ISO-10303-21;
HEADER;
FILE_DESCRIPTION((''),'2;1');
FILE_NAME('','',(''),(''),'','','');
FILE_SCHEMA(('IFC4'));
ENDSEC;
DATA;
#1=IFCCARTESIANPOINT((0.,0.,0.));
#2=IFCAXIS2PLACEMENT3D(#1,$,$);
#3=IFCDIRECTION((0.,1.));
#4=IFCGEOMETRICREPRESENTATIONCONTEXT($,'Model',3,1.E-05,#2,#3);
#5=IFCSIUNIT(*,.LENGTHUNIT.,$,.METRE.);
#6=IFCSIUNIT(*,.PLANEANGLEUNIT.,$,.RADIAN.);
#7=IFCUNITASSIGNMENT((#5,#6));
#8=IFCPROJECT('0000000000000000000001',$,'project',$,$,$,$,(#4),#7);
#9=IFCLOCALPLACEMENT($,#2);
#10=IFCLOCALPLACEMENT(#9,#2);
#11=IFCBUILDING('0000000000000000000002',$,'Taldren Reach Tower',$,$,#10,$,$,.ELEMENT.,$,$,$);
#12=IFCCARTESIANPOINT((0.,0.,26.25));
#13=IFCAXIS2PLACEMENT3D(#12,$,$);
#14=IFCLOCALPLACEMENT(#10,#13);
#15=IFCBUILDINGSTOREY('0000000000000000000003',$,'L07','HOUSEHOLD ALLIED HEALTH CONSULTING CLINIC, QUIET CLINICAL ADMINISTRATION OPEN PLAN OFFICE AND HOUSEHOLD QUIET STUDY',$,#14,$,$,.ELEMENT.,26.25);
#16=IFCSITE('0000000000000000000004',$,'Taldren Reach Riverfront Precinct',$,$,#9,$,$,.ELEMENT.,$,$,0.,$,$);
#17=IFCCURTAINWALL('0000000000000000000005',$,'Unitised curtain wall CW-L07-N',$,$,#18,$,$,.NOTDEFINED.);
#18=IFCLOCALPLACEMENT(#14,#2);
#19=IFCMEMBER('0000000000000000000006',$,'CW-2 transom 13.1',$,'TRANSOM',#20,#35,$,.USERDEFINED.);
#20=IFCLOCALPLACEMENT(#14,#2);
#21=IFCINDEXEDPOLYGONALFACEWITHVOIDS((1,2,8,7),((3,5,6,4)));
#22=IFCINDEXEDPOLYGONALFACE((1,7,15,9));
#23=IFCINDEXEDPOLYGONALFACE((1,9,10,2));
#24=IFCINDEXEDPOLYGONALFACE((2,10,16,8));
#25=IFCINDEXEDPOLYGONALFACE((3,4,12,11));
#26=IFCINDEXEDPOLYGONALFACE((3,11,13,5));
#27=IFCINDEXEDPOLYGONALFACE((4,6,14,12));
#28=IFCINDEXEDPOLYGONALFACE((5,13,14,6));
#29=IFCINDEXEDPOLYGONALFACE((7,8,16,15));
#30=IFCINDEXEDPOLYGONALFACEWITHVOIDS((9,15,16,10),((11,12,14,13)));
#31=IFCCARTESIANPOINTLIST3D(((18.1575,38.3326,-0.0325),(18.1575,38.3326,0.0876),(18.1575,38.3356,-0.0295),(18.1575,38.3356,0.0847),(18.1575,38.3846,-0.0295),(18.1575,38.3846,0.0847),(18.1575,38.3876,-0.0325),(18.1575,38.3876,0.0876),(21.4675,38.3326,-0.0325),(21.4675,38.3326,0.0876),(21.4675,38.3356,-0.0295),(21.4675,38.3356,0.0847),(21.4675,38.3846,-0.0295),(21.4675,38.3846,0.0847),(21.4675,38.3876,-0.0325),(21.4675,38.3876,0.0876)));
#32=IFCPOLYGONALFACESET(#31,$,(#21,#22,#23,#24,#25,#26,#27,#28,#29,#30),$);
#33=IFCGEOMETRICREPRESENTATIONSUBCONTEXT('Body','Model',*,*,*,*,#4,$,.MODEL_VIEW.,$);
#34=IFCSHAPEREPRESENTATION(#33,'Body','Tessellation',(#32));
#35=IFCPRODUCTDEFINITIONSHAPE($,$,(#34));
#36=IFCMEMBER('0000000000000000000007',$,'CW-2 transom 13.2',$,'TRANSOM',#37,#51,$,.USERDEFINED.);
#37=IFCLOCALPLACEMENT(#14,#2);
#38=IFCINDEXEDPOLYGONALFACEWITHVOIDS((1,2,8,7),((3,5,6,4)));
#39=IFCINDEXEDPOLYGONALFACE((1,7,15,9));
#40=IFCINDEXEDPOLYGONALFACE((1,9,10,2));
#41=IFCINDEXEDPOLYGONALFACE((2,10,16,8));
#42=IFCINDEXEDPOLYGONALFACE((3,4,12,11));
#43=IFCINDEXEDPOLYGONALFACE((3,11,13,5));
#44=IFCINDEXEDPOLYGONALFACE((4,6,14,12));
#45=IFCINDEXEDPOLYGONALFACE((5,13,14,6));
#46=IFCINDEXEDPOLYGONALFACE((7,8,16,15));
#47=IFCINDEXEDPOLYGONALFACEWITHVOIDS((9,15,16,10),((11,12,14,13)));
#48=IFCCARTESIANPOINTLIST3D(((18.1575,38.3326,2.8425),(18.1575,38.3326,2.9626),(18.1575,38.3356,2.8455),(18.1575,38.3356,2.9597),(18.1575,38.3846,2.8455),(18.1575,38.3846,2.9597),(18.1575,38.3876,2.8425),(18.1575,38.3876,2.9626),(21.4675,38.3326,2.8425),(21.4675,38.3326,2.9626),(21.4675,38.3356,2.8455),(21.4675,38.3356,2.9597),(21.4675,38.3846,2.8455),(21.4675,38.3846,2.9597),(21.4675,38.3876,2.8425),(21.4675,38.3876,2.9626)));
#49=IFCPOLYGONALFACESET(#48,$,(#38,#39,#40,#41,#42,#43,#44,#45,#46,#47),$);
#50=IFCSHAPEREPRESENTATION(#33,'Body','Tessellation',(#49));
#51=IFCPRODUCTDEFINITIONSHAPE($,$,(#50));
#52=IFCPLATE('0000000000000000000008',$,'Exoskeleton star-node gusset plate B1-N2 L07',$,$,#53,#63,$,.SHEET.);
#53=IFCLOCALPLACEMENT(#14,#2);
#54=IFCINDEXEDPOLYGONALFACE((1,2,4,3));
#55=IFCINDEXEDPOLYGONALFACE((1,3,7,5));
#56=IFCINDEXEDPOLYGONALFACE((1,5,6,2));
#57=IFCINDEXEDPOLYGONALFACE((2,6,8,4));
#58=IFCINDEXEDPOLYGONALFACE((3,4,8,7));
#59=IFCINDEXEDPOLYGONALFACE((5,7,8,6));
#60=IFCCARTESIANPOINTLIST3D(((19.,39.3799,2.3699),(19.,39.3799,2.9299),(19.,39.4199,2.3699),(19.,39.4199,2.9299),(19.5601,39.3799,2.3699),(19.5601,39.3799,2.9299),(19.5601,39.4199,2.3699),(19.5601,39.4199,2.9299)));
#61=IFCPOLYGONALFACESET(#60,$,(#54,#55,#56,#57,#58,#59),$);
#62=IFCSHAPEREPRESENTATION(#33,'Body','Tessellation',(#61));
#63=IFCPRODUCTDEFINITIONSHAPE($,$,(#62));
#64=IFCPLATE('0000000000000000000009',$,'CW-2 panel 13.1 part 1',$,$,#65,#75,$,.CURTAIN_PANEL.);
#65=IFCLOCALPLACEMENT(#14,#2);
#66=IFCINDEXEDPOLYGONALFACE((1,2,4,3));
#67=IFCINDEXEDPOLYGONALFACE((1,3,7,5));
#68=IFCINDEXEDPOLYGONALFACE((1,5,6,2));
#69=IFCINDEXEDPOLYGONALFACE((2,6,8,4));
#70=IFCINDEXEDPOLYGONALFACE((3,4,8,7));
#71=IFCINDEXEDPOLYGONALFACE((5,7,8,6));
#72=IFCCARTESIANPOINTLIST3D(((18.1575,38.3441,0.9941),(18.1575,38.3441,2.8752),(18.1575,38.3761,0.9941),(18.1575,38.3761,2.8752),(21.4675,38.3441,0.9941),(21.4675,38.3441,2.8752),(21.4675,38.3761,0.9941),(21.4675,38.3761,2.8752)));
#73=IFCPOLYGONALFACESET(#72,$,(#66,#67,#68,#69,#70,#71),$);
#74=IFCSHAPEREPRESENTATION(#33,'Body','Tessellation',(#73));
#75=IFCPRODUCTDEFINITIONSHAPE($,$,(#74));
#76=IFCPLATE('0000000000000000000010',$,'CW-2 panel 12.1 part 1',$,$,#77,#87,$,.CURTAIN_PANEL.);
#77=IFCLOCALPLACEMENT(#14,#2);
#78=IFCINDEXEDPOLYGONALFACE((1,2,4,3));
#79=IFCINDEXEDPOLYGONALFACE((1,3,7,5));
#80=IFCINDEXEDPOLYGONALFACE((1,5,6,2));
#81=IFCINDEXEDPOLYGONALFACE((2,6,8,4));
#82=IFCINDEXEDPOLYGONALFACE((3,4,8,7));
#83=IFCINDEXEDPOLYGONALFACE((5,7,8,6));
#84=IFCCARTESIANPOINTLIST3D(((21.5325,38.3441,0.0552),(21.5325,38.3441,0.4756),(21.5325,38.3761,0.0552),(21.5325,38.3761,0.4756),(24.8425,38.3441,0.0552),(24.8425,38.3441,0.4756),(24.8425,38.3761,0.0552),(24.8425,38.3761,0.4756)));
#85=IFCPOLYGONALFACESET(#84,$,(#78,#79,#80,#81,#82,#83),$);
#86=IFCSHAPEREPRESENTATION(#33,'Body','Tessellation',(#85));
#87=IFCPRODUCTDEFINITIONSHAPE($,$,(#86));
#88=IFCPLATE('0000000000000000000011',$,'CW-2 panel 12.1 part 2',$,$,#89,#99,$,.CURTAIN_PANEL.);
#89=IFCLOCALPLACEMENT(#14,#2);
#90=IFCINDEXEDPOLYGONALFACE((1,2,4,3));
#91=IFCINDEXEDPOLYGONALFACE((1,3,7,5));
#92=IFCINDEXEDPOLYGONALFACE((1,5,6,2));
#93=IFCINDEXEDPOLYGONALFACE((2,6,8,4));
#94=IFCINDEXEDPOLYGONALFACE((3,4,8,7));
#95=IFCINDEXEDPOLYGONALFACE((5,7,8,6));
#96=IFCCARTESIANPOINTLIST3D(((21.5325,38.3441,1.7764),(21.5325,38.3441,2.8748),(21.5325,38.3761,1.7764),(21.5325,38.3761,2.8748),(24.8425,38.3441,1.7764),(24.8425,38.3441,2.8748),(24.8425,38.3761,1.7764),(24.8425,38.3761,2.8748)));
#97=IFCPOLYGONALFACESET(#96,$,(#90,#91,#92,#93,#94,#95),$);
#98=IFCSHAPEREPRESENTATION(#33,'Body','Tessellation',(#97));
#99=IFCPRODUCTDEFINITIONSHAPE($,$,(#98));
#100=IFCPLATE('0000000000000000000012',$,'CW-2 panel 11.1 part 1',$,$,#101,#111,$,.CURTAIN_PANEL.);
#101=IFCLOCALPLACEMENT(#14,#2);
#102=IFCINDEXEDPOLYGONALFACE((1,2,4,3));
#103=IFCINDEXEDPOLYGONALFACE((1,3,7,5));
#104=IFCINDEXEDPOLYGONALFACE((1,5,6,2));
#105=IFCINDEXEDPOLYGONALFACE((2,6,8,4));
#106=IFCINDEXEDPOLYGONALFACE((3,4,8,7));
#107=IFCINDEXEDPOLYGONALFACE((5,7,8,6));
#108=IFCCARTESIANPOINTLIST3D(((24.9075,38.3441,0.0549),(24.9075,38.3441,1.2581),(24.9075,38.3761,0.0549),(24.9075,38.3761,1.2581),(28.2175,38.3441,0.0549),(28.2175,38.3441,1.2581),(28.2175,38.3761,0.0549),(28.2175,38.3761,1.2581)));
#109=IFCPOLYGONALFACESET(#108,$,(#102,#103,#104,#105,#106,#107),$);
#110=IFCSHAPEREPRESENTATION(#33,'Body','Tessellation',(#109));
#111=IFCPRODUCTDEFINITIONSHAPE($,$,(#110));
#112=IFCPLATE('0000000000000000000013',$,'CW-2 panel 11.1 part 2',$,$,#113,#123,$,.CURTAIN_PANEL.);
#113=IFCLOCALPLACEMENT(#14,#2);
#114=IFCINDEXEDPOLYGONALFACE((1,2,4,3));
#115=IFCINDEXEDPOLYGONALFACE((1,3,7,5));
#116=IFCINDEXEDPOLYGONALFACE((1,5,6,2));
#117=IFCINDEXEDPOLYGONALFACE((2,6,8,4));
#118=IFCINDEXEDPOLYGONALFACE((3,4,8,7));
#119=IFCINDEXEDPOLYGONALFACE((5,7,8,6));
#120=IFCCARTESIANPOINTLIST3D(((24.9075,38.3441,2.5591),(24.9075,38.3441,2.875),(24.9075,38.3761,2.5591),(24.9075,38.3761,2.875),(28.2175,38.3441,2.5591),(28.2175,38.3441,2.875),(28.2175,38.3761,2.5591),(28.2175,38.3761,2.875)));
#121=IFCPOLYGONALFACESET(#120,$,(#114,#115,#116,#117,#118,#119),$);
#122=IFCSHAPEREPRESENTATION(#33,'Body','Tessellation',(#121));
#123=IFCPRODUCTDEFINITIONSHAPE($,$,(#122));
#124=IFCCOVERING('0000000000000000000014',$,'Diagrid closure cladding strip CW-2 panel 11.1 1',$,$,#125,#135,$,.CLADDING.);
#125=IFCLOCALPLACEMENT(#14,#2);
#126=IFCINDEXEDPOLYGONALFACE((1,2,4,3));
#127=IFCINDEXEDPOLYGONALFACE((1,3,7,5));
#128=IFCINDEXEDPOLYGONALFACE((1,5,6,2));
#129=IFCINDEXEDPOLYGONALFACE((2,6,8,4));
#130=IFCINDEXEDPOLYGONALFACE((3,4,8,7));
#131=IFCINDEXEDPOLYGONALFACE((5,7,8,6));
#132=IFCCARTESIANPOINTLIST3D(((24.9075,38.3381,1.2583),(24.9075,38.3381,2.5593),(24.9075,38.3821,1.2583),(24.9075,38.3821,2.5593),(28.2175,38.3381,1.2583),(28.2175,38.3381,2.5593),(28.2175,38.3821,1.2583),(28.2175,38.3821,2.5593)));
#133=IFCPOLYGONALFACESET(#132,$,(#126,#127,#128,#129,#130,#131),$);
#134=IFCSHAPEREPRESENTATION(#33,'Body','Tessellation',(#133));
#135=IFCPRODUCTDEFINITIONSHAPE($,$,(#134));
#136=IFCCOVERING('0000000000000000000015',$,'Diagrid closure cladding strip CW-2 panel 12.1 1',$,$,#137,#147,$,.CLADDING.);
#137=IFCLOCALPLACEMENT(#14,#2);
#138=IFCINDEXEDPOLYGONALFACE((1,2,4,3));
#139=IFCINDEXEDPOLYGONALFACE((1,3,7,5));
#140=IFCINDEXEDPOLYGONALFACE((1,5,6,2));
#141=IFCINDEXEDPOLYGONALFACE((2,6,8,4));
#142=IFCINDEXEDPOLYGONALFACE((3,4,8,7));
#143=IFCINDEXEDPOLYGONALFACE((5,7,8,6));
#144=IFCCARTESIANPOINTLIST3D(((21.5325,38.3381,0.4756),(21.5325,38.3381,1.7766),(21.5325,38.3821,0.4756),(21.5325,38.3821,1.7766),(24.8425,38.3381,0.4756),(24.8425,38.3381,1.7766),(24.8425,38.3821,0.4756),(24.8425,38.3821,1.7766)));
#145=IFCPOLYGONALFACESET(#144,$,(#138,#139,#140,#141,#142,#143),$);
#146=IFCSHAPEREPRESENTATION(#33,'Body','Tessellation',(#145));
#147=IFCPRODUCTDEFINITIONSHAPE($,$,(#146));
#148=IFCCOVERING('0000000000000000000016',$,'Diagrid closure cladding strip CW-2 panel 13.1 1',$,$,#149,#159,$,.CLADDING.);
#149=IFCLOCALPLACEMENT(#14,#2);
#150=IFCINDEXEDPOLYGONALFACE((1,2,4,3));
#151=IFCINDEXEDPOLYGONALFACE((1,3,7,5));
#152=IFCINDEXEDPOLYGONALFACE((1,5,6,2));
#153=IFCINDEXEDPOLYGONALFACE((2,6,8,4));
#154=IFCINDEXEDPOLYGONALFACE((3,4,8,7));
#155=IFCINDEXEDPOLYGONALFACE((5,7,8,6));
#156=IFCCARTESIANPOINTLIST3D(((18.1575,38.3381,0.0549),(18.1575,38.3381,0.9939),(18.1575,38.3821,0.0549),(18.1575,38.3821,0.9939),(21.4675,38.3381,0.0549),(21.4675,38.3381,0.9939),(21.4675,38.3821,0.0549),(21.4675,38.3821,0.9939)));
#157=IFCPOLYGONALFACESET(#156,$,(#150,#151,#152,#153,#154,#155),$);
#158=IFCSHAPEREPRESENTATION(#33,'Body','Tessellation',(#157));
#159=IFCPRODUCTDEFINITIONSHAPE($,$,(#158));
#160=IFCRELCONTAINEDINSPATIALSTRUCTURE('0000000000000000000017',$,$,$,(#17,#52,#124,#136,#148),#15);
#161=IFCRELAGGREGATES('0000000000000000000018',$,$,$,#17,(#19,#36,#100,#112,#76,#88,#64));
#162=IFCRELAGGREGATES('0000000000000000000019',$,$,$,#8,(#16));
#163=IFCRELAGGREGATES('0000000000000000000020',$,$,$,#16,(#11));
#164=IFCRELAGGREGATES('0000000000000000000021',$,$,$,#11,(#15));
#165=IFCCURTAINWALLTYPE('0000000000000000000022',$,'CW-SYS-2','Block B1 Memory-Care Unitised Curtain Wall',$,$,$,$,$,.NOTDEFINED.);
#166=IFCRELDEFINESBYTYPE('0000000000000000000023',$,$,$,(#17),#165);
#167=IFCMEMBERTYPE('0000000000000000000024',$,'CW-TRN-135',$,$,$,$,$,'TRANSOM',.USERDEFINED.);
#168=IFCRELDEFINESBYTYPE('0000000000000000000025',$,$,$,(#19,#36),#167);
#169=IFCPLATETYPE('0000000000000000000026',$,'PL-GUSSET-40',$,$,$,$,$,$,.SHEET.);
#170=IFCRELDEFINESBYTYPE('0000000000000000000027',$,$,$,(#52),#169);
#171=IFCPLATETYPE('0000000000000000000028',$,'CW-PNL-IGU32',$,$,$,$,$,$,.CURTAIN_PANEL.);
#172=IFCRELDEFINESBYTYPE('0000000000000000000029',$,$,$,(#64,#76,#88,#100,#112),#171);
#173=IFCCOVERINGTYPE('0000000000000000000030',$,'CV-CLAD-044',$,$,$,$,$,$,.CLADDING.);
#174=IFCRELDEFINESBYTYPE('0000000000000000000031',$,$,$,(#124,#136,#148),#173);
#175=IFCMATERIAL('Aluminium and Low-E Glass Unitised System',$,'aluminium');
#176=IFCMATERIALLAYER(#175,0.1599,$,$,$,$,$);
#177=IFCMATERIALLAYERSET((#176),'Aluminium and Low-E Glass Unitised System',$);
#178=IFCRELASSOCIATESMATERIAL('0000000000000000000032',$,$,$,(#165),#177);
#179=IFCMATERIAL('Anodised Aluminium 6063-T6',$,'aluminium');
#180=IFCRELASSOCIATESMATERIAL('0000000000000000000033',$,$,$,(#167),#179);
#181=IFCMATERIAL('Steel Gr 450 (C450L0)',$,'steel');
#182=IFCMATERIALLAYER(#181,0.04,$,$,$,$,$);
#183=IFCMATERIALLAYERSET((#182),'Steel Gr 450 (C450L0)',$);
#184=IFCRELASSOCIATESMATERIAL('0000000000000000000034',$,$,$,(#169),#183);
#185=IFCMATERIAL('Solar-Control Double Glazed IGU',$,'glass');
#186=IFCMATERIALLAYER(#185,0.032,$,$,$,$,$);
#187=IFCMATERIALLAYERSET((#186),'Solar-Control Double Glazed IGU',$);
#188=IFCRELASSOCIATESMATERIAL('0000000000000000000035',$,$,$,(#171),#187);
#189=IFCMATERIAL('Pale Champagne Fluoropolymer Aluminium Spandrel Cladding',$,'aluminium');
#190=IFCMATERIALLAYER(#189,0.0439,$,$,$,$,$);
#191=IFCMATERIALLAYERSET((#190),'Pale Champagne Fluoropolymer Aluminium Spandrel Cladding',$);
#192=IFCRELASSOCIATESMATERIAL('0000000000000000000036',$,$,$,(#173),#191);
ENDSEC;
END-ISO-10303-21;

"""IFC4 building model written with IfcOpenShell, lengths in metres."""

from ifc_helpers import new_model, si_unit, direction, frame, origin, origin_2d, place, context, subcontext, project, spatial, rectangle, hollow_rectangle, extrude, source, transform, mapped, material, layer, layer_set, material_profile, profile_set, type_object, element, aggregate, save


model = new_model("IFC4")

# Units and contexts
model_context = context("Model", 3, precision=1e-05, world=origin(), true_north=direction((0.0, 1.0)))
body_context = subcontext(model_context, "Body", "Model", "MODEL_VIEW")
ifc_project = project(units=[si_unit("LENGTHUNIT", "METRE"), si_unit("PLANEANGLEUNIT", "RADIAN")], contexts=[model_context])

# Site, building, storey
site_placement = place(None, origin())
site = spatial("IfcSite", under=ifc_project, at=site_placement, Name="Taldren Reach Riverfront Precinct", CompositionType="ELEMENT", RefElevation=0.0)
building_placement = place(site_placement, origin())
building = spatial("IfcBuilding", under=site, at=building_placement, Name="Taldren Reach Tower", CompositionType="ELEMENT")
storey_placement = place(building_placement, frame((0.0, 0.0, 26.25)))
storey = spatial("IfcBuildingStorey", under=building, at=storey_placement, Name="L07", Description="HOUSEHOLD ALLIED HEALTH CONSULTING CLINIC, QUIET CLINICAL ADMINISTRATION OPEN PLAN OFFICE AND HOUSEHOLD QUIET STUDY", CompositionType="ELEMENT", Elevation=26.25)

# Shared definitions
ifc_material_1 = material(Name="Steel Gr 450 (C450L0)", Category="steel")

# Curtain wall, members
ifc_material_2 = material(Name="Aluminium and Low-E Glass Unitised System", Category="aluminium")
ifc_layer_1 = layer(ifc_material_2, 0.1599)
ifc_layer_set_1 = layer_set([ifc_layer_1], Name="Aluminium and Low-E Glass Unitised System")
curtain_wall_type = type_object("IfcCurtainWallType", Name="CW-SYS-2", Description="Block B1 Memory-Care Unitised Curtain Wall", PredefinedType="NOTDEFINED", material=ifc_layer_set_1)
curtain_wall_placement = place(storey_placement, origin())
curtain_wall = element("IfcCurtainWall", 1, at=curtain_wall_placement, inside=storey, type_object=curtain_wall_type, Name="Unitised curtain wall CW-L07-N", PredefinedType="NOTDEFINED")
ifc_material_3 = material(Name="Anodised Aluminium 6063-T6", Category="aluminium")
ifc_material_profile_1 = material_profile(ifc_material_3, hollow_rectangle(XDim=0.0549, YDim=0.1201, WallThickness=0.0029, at=origin_2d()), Name="ALU-120x55x3RHS")
ifc_profile_set_1 = profile_set([ifc_material_profile_1], Name="Anodised Aluminium 6063-T6")
member_type_1 = type_object("IfcMemberType", Name="CW-TRN-135", ElementType="TRANSOM", PredefinedType="USERDEFINED", material=ifc_profile_set_1)
shared_shape_1 = source(origin(), body_context, "Body", "SweptSolid", [
    extrude(hollow_rectangle(XDim=0.0549, YDim=0.1201, WallThickness=0.0029, at=origin_2d()), origin(), (0.0, 0.0, 1.0), 3.3101),
])
member_1_placement = place(storey_placement, frame((21.4675, 38.3601, 0.0276), z_axis=(-1.0, 0.0, 0.0), x_axis=(0.0, -1.0, 0.0)))
member_1 = element("IfcMember", 2, at=member_1_placement, type_object=member_type_1, Name="CW-2 transom 13.1", ObjectType="TRANSOM", PredefinedType="USERDEFINED", context=body_context, shape_type="MappedRepresentation", body=[
    mapped(shared_shape_1, transform((0.0, 0.0, 0.0), scale=1.0)),
])
member_2_placement = place(storey_placement, frame((21.4675, 38.3601, 2.9026), z_axis=(-1.0, 0.0, 0.0), x_axis=(0.0, -1.0, 0.0)))
member_2 = element("IfcMember", 3, at=member_2_placement, type_object=member_type_1, Name="CW-2 transom 13.2", ObjectType="TRANSOM", PredefinedType="USERDEFINED", context=body_context, shape_type="MappedRepresentation", body=[
    mapped(shared_shape_1, transform((0.0, 0.0, 0.0), scale=1.0)),
])

# Plates
ifc_layer_2 = layer(ifc_material_1, 0.04)
ifc_layer_set_2 = layer_set([ifc_layer_2], Name="Steel Gr 450 (C450L0)")
plate_type_1 = type_object("IfcPlateType", Name="PL-GUSSET-40", PredefinedType="SHEET", material=ifc_layer_set_2)
shared_shape_2 = source(origin(), body_context, "Body", "SweptSolid", [
    extrude(rectangle(XDim=0.5601, YDim=0.04, at=origin_2d()), origin(), (0.0, 0.0, 1.0), 0.5601),
])
plate_1_placement = place(storey_placement, frame((19.28, 39.3999, 2.3699), z_axis=(0.0, 0.0, 1.0), x_axis=(1.0, 0.0, 0.0)))
element("IfcPlate", 4, at=plate_1_placement, inside=storey, type_object=plate_type_1, Name="Exoskeleton star-node gusset plate B1-N2 L07", PredefinedType="SHEET", context=body_context, shape_type="MappedRepresentation", body=[
    mapped(shared_shape_2, transform((0.0, 0.0, 0.0), scale=1.0)),
])
ifc_material_4 = material(Name="Solar-Control Double Glazed IGU", Category="glass")
ifc_layer_3 = layer(ifc_material_4, 0.032)
ifc_layer_set_3 = layer_set([ifc_layer_3], Name="Solar-Control Double Glazed IGU")
plate_type_2 = type_object("IfcPlateType", Name="CW-PNL-IGU32", PredefinedType="CURTAIN_PANEL", material=ifc_layer_set_3)
shared_shape_3 = source(origin(), body_context, "Body", "SweptSolid", [
    extrude(rectangle(XDim=3.3101, YDim=0.032, at=origin_2d()), origin(), (0.0, 0.0, 1.0), 1.8811),
])
plate_2_placement = place(storey_placement, frame((19.8125, 38.3601, 0.9941), z_axis=(0.0, 0.0, 1.0), x_axis=(-1.0, 0.0, 0.0)))
plate_2 = element("IfcPlate", 5, at=plate_2_placement, type_object=plate_type_2, Name="CW-2 panel 13.1 part 1", PredefinedType="CURTAIN_PANEL", context=body_context, shape_type="MappedRepresentation", body=[
    mapped(shared_shape_3, transform((0.0, 0.0, 0.0), scale=1.0)),
])
shared_shape_4 = source(origin(), body_context, "Body", "SweptSolid", [
    extrude(rectangle(XDim=3.3101, YDim=0.032, at=origin_2d()), origin(), (0.0, 0.0, 1.0), 0.4204),
])
plate_3_placement = place(storey_placement, frame((23.1875, 38.3601, 0.0552), z_axis=(0.0, 0.0, 1.0), x_axis=(-1.0, 0.0, 0.0)))
plate_3 = element("IfcPlate", 6, at=plate_3_placement, type_object=plate_type_2, Name="CW-2 panel 12.1 part 1", PredefinedType="CURTAIN_PANEL", context=body_context, shape_type="MappedRepresentation", body=[
    mapped(shared_shape_4, transform((0.0, 0.0, 0.0), scale=1.0)),
])
shared_shape_5 = source(origin(), body_context, "Body", "SweptSolid", [
    extrude(rectangle(XDim=3.3101, YDim=0.032, at=origin_2d()), origin(), (0.0, 0.0, 1.0), 1.0984),
])
plate_4_placement = place(storey_placement, frame((23.1875, 38.3601, 1.7764), z_axis=(0.0, 0.0, 1.0), x_axis=(-1.0, 0.0, 0.0)))
plate_4 = element("IfcPlate", 7, at=plate_4_placement, type_object=plate_type_2, Name="CW-2 panel 12.1 part 2", PredefinedType="CURTAIN_PANEL", context=body_context, shape_type="MappedRepresentation", body=[
    mapped(shared_shape_5, transform((0.0, 0.0, 0.0), scale=1.0)),
])
shared_shape_6 = source(origin(), body_context, "Body", "SweptSolid", [
    extrude(rectangle(XDim=3.3101, YDim=0.032, at=origin_2d()), origin(), (0.0, 0.0, 1.0), 1.2031),
])
plate_5_placement = place(storey_placement, frame((26.5625, 38.3601, 0.0549), z_axis=(0.0, 0.0, 1.0), x_axis=(-1.0, 0.0, 0.0)))
plate_5 = element("IfcPlate", 8, at=plate_5_placement, type_object=plate_type_2, Name="CW-2 panel 11.1 part 1", PredefinedType="CURTAIN_PANEL", context=body_context, shape_type="MappedRepresentation", body=[
    mapped(shared_shape_6, transform((0.0, 0.0, 0.0), scale=1.0)),
])
shared_shape_7 = source(origin(), body_context, "Body", "SweptSolid", [
    extrude(rectangle(XDim=3.3101, YDim=0.032, at=origin_2d()), origin(), (0.0, 0.0, 1.0), 0.3159),
])
plate_6_placement = place(storey_placement, frame((26.5625, 38.3601, 2.5591), z_axis=(0.0, 0.0, 1.0), x_axis=(-1.0, 0.0, 0.0)))
plate_6 = element("IfcPlate", 9, at=plate_6_placement, type_object=plate_type_2, Name="CW-2 panel 11.1 part 2", PredefinedType="CURTAIN_PANEL", context=body_context, shape_type="MappedRepresentation", body=[
    mapped(shared_shape_7, transform((0.0, 0.0, 0.0), scale=1.0)),
])
aggregate(curtain_wall, [member_1, member_2, plate_5, plate_6, plate_3, plate_4, plate_2])

# Coverings
ifc_material_5 = material(Name="Pale Champagne Fluoropolymer Aluminium Spandrel Cladding", Category="aluminium")
ifc_layer_4 = layer(ifc_material_5, 0.0439)
ifc_layer_set_4 = layer_set([ifc_layer_4], Name="Pale Champagne Fluoropolymer Aluminium Spandrel Cladding")
covering_type = type_object("IfcCoveringType", Name="CV-CLAD-044", PredefinedType="CLADDING", material=ifc_layer_set_4)
shared_shape_8 = source(origin(), body_context, "Body", "SweptSolid", [
    extrude(rectangle(XDim=3.3101, YDim=0.0439, at=origin_2d()), origin(), (0.0, 0.0, 1.0), 1.301),
])
for number, where, z_axis, x_axis, name in (
    (10, (26.5625, 38.3601, 1.2583), (0.0, 0.0, 1.0), (-1.0, 0.0, 0.0), "Diagrid closure cladding strip CW-2 panel 11.1 1"),
    (11, (23.1875, 38.3601, 0.4756), (0.0, 0.0, 1.0), (-1.0, 0.0, 0.0), "Diagrid closure cladding strip CW-2 panel 12.1 1"),
):
    element("IfcCovering", number, at=place(storey_placement, frame(where, z_axis=z_axis, x_axis=x_axis)), inside=storey, type_object=covering_type, Name=name, PredefinedType="CLADDING", context=body_context, shape_type="MappedRepresentation", body=[
        mapped(shared_shape_8, transform((0.0, 0.0, 0.0), scale=1.0)),
    ])
shared_shape_9 = source(origin(), body_context, "Body", "SweptSolid", [
    extrude(rectangle(XDim=3.3101, YDim=0.0439, at=origin_2d()), origin(), (0.0, 0.0, 1.0), 0.939),
])
covering_placement = place(storey_placement, frame((19.8125, 38.3601, 0.0549), z_axis=(0.0, 0.0, 1.0), x_axis=(-1.0, 0.0, 0.0)))
element("IfcCovering", 12, at=covering_placement, inside=storey, type_object=covering_type, Name="Diagrid closure cladding strip CW-2 panel 13.1 1", PredefinedType="CLADDING", context=body_context, shape_type="MappedRepresentation", body=[
    mapped(shared_shape_9, transform((0.0, 0.0, 0.0), scale=1.0)),
])

save(model, "model.ifc")
